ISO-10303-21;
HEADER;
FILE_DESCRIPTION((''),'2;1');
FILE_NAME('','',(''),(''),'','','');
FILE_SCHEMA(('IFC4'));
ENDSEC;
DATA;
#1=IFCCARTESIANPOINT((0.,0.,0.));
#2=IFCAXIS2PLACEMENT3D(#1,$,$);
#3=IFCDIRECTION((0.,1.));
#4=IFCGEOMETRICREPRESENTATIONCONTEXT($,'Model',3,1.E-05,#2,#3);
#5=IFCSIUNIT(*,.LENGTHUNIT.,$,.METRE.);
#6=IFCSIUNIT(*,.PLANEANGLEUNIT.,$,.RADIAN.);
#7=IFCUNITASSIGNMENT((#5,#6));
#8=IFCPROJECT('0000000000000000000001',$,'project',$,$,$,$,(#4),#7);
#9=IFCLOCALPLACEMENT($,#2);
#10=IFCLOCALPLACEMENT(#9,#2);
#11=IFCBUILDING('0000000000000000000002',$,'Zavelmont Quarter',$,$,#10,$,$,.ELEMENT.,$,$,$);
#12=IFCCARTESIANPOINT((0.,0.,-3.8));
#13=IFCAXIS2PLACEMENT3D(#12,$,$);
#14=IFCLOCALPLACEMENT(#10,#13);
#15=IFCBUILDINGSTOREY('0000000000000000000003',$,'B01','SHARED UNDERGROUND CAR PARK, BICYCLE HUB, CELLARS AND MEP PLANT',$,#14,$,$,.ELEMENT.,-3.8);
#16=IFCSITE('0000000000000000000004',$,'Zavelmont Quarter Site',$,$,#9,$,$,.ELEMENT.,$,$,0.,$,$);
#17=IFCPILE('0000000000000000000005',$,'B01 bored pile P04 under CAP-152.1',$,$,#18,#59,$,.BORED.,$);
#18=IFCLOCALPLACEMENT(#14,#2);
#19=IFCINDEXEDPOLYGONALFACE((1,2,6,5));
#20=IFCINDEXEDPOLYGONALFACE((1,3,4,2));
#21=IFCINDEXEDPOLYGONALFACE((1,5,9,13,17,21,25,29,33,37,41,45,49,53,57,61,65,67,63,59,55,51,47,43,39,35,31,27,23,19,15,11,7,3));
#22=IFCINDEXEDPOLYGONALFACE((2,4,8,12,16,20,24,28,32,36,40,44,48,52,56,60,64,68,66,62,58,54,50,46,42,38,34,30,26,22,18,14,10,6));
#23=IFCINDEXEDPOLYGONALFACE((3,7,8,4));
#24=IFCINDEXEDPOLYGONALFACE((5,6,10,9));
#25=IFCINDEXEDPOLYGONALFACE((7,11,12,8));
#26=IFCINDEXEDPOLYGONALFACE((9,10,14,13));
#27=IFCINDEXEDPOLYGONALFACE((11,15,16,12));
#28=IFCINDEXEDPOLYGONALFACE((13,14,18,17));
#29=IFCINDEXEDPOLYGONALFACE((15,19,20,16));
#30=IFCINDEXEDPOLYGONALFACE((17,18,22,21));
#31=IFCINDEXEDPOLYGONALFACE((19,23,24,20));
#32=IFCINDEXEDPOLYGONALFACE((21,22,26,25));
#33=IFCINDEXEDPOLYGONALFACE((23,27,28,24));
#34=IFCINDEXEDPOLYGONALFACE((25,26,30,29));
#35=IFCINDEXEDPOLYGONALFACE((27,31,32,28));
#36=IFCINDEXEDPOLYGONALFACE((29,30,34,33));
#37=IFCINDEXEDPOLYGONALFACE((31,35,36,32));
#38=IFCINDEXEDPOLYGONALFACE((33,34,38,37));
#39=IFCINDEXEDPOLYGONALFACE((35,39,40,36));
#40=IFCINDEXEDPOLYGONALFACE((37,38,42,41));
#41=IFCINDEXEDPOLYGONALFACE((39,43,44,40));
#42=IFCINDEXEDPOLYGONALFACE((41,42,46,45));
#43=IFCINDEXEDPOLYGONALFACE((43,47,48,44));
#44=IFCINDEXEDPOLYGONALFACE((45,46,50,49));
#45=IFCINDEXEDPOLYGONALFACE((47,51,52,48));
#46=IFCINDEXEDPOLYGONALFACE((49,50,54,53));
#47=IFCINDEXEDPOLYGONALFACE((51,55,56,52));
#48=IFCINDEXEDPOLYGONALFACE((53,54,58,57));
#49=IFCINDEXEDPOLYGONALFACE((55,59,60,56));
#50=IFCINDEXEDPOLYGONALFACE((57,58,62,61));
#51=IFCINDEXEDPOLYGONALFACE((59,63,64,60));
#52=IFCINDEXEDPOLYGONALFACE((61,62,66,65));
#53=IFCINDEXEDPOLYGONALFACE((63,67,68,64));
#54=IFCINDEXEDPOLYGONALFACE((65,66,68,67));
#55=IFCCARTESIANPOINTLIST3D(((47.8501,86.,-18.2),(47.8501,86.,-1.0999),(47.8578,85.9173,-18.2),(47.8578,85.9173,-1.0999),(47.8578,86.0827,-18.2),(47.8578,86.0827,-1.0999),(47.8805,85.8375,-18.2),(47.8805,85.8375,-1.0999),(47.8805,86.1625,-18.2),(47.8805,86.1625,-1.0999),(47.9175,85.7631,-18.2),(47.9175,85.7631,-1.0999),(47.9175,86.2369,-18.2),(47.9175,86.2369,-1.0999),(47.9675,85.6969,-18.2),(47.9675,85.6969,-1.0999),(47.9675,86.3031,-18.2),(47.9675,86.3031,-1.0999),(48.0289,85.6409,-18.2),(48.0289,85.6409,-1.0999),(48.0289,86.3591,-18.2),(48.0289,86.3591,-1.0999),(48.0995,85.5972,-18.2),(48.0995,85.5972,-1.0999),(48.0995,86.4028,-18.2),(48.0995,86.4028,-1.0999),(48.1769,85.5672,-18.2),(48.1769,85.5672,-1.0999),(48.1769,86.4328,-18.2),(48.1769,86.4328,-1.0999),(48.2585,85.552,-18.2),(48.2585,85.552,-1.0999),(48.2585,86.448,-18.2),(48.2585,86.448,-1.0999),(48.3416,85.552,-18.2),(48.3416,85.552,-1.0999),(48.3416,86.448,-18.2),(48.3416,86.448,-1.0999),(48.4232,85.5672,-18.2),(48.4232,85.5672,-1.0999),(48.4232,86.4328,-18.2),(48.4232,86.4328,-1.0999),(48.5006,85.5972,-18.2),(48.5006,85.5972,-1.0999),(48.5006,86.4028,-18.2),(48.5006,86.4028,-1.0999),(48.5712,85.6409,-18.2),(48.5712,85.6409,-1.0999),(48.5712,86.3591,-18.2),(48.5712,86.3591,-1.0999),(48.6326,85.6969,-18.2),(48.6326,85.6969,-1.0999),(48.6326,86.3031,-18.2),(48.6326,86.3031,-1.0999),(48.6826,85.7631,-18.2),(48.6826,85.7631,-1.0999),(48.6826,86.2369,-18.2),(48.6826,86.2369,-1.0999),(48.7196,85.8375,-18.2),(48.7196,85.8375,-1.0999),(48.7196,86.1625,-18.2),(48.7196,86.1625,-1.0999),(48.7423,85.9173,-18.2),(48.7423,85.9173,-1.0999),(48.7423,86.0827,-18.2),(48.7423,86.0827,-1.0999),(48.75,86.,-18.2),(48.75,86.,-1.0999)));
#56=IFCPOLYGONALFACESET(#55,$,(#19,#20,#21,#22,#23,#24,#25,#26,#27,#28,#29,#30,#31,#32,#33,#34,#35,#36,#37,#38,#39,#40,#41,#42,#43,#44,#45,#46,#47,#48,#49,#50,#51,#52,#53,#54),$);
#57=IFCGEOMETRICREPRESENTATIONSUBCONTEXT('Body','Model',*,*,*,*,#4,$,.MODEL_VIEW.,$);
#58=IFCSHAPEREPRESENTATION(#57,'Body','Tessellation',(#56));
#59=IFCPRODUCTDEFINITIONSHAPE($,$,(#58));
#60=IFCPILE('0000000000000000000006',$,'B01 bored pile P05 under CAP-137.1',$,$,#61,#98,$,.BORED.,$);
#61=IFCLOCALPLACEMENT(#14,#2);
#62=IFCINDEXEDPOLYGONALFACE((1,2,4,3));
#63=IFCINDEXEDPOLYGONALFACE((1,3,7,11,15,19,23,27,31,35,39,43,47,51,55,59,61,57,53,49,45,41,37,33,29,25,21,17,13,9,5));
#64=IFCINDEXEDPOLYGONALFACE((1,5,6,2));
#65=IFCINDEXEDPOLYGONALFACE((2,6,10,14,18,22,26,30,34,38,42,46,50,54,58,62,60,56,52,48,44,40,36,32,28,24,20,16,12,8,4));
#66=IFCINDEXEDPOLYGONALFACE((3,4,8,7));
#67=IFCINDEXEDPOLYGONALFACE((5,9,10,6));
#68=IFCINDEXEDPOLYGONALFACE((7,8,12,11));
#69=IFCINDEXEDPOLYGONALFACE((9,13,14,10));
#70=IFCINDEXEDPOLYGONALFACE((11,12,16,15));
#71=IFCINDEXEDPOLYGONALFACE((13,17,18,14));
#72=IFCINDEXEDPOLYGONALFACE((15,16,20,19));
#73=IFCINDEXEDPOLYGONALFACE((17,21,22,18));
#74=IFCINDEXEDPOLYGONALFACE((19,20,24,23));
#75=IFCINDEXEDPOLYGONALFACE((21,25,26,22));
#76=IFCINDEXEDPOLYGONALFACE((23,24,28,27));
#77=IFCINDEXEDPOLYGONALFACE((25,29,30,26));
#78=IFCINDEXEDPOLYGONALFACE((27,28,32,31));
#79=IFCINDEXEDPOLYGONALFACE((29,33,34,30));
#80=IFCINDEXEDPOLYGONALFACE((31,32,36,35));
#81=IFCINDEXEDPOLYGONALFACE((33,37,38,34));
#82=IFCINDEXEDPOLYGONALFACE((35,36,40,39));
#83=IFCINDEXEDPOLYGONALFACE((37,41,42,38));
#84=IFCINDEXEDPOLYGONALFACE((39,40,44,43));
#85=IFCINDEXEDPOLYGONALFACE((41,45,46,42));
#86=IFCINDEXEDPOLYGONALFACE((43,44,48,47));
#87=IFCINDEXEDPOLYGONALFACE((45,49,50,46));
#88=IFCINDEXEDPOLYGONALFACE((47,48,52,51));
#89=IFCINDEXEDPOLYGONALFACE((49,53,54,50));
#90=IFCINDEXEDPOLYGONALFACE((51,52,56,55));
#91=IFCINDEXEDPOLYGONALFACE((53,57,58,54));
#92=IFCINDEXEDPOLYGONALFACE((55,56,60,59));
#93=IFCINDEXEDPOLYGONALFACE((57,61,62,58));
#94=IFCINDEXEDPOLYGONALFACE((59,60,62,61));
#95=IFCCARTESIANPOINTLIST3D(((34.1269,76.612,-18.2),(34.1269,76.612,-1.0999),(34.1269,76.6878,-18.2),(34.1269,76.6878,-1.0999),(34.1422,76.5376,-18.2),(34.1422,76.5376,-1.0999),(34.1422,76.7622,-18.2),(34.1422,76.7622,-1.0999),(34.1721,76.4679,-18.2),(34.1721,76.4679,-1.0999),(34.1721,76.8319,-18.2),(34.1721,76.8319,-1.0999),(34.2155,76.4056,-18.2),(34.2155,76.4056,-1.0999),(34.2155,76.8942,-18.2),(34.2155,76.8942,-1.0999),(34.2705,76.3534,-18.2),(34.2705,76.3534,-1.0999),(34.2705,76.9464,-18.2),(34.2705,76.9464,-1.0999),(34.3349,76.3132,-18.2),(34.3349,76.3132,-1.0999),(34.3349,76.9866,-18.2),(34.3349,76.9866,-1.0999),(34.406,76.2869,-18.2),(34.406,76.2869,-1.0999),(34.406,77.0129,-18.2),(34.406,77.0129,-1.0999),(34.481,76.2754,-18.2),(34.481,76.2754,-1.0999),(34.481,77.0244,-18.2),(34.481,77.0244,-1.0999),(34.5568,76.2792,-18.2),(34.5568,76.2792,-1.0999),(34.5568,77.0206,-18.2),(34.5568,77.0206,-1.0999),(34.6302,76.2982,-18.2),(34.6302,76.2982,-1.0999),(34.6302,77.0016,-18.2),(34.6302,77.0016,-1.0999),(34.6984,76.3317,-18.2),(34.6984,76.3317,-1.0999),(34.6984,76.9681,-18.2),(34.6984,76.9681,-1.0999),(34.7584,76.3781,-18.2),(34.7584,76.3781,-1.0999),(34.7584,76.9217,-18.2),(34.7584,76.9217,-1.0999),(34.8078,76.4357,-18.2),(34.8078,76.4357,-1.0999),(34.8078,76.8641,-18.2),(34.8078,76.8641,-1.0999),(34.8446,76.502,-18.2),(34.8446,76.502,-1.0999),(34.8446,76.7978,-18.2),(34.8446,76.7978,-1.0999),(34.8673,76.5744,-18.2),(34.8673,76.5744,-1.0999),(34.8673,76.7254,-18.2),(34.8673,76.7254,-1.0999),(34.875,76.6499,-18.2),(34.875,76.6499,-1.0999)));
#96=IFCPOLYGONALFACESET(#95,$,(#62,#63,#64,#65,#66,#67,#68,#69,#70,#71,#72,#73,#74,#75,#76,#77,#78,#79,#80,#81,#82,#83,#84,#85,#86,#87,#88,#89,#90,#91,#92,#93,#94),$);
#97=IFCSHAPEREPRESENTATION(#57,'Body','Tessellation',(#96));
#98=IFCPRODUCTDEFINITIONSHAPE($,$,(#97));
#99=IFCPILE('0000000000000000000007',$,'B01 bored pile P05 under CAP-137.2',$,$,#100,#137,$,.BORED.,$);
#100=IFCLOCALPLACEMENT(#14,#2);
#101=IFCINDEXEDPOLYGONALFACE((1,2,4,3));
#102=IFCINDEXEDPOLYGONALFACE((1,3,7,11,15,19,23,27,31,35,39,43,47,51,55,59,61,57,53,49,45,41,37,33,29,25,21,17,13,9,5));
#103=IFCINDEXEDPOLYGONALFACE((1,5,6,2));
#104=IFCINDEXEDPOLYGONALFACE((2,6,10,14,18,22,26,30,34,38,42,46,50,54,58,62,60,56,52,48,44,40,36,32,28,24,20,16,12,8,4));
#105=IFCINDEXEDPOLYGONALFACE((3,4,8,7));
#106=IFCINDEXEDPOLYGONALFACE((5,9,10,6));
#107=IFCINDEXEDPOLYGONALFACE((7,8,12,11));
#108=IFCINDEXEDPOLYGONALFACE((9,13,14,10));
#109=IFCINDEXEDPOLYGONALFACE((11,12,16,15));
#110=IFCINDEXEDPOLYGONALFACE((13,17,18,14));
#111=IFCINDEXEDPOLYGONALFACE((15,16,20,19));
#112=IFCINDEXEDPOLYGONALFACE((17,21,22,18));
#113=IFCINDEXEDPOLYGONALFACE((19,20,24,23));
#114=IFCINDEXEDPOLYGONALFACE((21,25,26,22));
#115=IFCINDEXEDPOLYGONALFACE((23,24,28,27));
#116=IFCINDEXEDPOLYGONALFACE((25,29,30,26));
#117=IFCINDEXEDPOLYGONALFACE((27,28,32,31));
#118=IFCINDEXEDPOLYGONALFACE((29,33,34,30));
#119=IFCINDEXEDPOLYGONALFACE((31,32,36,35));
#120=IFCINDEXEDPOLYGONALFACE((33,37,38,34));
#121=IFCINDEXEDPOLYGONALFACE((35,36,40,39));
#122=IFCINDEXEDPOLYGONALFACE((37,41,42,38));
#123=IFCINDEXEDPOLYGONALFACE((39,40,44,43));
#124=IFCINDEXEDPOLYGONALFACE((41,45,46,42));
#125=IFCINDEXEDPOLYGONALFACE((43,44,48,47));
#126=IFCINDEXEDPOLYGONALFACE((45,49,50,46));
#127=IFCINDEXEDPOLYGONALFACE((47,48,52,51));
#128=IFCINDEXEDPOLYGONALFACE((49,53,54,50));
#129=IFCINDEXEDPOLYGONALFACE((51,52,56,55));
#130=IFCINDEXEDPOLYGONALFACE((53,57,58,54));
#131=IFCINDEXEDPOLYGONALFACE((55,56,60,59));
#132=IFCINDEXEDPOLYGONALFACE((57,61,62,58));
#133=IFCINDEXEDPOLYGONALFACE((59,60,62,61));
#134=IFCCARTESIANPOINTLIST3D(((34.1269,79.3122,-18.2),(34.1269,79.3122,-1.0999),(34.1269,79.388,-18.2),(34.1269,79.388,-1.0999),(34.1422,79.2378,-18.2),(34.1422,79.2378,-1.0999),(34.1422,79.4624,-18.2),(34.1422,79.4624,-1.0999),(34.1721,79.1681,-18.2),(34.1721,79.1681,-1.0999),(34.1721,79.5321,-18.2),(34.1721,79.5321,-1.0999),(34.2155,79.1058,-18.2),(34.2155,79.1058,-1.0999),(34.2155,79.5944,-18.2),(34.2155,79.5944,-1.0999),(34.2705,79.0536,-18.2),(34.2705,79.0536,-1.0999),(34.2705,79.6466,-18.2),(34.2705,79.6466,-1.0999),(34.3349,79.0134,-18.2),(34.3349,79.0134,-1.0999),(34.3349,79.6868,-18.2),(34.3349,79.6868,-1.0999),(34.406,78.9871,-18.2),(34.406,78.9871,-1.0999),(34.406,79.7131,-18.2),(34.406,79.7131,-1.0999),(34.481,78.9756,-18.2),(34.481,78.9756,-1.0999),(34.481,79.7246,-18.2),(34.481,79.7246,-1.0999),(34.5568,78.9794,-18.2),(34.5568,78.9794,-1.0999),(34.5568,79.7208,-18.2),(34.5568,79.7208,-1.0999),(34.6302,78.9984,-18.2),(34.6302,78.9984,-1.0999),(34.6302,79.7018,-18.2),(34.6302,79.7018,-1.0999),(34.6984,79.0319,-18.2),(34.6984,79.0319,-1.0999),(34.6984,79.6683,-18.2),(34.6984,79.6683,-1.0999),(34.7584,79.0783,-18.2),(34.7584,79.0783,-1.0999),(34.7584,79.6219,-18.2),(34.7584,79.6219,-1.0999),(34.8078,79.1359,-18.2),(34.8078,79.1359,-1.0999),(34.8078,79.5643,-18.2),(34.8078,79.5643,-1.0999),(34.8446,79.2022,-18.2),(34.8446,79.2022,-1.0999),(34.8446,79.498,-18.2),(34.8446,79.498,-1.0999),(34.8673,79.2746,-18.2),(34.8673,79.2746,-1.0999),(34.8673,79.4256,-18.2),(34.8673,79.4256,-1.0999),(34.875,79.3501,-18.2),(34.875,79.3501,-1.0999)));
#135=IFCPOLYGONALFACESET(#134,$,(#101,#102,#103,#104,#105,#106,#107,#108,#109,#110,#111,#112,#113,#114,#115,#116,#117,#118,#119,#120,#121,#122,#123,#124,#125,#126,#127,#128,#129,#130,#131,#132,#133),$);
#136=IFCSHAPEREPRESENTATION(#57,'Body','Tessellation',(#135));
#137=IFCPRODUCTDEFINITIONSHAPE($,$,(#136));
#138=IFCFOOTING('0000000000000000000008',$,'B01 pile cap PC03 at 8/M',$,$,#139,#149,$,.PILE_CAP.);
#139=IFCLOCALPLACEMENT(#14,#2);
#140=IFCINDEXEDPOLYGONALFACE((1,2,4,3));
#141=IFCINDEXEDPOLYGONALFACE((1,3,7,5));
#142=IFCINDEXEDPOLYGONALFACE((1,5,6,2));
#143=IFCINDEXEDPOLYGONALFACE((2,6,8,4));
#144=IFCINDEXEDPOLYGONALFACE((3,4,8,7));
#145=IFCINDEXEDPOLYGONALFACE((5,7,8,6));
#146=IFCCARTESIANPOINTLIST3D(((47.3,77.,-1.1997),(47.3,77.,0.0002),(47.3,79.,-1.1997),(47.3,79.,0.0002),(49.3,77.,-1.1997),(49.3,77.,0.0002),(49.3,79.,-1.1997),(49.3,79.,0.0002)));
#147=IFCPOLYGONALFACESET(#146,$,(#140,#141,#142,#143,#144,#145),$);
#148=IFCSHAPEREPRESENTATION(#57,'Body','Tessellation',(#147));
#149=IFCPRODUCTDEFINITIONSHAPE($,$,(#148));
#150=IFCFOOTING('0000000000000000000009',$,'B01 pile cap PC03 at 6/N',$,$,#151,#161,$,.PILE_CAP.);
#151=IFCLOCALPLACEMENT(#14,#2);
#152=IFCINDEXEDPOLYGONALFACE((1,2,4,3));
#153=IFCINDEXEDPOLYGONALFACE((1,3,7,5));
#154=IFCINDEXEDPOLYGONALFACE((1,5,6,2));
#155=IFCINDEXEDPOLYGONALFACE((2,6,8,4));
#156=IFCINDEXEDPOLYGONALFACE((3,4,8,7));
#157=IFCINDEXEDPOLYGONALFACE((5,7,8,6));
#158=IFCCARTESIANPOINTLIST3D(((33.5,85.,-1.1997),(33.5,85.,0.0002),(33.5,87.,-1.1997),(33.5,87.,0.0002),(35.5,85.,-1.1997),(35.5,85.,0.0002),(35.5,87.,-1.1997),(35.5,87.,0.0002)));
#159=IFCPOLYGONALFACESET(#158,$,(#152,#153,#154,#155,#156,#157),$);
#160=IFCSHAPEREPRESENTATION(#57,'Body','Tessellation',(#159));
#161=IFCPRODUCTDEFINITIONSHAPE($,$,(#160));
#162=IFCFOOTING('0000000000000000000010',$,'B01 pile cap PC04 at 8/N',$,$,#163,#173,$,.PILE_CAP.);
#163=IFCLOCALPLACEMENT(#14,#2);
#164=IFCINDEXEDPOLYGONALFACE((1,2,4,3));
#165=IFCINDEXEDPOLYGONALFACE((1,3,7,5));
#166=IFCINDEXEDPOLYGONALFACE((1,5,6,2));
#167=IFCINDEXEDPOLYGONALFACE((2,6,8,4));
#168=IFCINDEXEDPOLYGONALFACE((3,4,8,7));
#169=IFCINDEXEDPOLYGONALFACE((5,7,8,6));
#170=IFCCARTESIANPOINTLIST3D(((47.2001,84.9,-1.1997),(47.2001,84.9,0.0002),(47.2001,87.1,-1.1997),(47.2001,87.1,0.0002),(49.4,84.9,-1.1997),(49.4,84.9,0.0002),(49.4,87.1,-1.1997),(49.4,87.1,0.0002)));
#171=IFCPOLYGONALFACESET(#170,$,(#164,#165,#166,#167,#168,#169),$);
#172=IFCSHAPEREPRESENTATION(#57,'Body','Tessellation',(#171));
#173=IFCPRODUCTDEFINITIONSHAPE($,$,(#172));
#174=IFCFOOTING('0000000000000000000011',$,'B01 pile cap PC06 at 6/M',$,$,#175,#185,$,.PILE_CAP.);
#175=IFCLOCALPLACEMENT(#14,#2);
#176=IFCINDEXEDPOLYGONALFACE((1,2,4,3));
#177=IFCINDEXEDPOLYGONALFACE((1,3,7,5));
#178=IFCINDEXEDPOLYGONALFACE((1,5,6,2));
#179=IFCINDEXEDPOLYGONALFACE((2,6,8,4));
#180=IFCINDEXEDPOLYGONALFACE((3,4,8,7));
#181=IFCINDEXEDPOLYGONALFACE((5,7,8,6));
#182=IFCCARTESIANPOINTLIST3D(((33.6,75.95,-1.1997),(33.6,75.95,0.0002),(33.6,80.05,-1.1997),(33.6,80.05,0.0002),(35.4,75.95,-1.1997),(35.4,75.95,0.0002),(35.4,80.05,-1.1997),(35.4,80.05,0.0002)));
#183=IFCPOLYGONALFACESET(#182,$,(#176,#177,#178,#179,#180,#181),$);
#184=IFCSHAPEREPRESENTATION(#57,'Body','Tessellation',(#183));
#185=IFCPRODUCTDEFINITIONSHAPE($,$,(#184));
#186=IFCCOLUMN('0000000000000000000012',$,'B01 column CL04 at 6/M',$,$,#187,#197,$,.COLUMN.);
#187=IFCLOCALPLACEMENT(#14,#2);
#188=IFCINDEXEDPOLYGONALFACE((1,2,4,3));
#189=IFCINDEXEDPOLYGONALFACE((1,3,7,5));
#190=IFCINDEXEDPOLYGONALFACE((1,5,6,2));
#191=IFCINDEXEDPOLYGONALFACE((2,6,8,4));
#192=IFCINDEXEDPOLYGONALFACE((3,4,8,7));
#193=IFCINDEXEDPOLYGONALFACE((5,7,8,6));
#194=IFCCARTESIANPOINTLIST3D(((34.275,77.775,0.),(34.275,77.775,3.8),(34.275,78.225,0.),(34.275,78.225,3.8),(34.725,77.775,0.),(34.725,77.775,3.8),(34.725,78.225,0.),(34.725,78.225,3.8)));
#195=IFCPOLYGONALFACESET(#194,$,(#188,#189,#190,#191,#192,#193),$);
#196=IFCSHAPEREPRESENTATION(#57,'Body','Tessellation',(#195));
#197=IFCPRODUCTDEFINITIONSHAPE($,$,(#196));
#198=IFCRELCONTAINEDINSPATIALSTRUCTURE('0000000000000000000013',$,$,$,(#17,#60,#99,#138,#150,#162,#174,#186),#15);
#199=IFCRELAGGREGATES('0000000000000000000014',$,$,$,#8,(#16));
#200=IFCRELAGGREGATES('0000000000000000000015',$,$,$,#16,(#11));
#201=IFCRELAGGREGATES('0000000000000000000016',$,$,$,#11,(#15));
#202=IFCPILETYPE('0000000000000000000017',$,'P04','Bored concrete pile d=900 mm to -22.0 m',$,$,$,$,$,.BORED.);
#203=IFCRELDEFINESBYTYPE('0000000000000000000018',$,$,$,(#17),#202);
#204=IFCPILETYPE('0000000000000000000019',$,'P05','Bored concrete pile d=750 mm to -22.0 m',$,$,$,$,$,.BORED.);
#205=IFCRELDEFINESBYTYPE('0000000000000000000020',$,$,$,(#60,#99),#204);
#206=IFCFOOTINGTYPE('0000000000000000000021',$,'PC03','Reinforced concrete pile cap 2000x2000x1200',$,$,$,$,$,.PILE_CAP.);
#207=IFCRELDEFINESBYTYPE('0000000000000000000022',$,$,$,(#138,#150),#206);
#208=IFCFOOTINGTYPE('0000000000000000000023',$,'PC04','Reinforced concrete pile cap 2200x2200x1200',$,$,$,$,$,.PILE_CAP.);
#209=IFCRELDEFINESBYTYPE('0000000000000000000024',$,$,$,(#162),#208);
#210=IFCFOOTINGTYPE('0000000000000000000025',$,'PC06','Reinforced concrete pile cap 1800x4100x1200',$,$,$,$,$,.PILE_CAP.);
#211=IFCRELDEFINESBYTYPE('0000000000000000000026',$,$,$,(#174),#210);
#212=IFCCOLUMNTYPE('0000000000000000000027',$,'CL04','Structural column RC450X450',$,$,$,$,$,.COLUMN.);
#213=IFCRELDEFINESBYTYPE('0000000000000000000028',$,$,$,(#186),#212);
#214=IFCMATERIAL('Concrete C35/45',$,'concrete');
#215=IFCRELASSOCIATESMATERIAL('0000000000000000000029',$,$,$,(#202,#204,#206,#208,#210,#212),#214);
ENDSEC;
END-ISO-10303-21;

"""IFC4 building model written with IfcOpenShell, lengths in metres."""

from ifc_helpers import new_model, si_unit, direction, frame, origin, origin_2d, place, context, subcontext, project, spatial, rectangle, circle, extrude, material, material_profile, profile_set, type_object, element, save


model = new_model("IFC4")

# Units and contexts
model_context = context("Model", 3, precision=1e-05, world=origin(), true_north=direction((0.0, 1.0)))
body_context = subcontext(model_context, "Body", "Model", "MODEL_VIEW")
ifc_project = project(units=[si_unit("LENGTHUNIT", "METRE"), si_unit("PLANEANGLEUNIT", "RADIAN")], contexts=[model_context])

# Site, building, storey
site_placement = place(None, origin())
site = spatial("IfcSite", under=ifc_project, at=site_placement, Name="Zavelmont Quarter Site", CompositionType="ELEMENT", RefElevation=0.0)
building_placement = place(site_placement, origin())
building = spatial("IfcBuilding", under=site, at=building_placement, Name="Zavelmont Quarter", CompositionType="ELEMENT")
storey_placement = place(building_placement, frame((0.0, 0.0, -3.8)))
storey = spatial("IfcBuildingStorey", under=building, at=storey_placement, Name="B01", Description="SHARED UNDERGROUND CAR PARK, BICYCLE HUB, CELLARS AND MEP PLANT", CompositionType="ELEMENT", Elevation=-3.8)

# Shared definitions
ifc_material = material(Name="Concrete C35/45", Category="concrete")

# Piles
ifc_material_profile_1 = material_profile(ifc_material, circle(Radius=0.45, at=origin_2d()), Name="BP900")
ifc_profile_set_1 = profile_set([ifc_material_profile_1], Name="Concrete C35/45")
pile_type_1 = type_object("IfcPileType", Name="P04", Description="Bored concrete pile d=900 mm to -22.0 m", PredefinedType="BORED", material=ifc_profile_set_1)
for number, where, z_axis, x_axis, name in (
    (1, (48.3, 86.0, -1.0999), (0.0, 0.0, -1.0), (1.0, 0.0, 0.0), "B01 bored pile P04 under CAP-152.1"),
):
    element("IfcPile", number, at=place(storey_placement, frame(where, z_axis=z_axis, x_axis=x_axis)), inside=storey, type_object=pile_type_1, Name=name, PredefinedType="BORED", context=body_context, shape_type="SweptSolid", body=[
        extrude(circle(Radius=0.45, at=origin_2d()), origin(), (0.0, 0.0, 1.0), 17.1001),
    ])
ifc_material_profile_2 = material_profile(ifc_material, circle(Radius=0.375, at=origin_2d()), Name="BP750")
ifc_profile_set_2 = profile_set([ifc_material_profile_2], Name="Concrete C35/45")
pile_type_2 = type_object("IfcPileType", Name="P05", Description="Bored concrete pile d=750 mm to -22.0 m", PredefinedType="BORED", material=ifc_profile_set_2)
for number, where, z_axis, x_axis, name in (
    (2, (34.5, 76.6499, -1.0999), (0.0, 0.0, -1.0), (1.0, 0.0, 0.0), "B01 bored pile P05 under CAP-137.1"),
    (3, (34.5, 79.3501, -1.0999), (0.0, 0.0, -1.0), (1.0, 0.0, 0.0), "B01 bored pile P05 under CAP-137.2"),
):
    element("IfcPile", number, at=place(storey_placement, frame(where, z_axis=z_axis, x_axis=x_axis)), inside=storey, type_object=pile_type_2, Name=name, PredefinedType="BORED", context=body_context, shape_type="SweptSolid", body=[
        extrude(circle(Radius=0.375, at=origin_2d()), origin(), (0.0, 0.0, 1.0), 17.1001),
    ])

# Footings
footing_type_1 = type_object("IfcFootingType", Name="PC03", Description="Reinforced concrete pile cap 2000x2000x1200", PredefinedType="PILE_CAP", material=ifc_material)
for number, where, z_axis, x_axis, name in (
    (4, (48.3, 78.0, -1.1997), (0.0, 0.0, 1.0), (1.0, 0.0, 0.0), "B01 pile cap PC03 at 8/M"),
    (5, (34.5, 86.0, -1.1997), (0.0, 0.0, 1.0), (1.0, 0.0, 0.0), "B01 pile cap PC03 at 6/N"),
):
    element("IfcFooting", number, at=place(storey_placement, frame(where, z_axis=z_axis, x_axis=x_axis)), inside=storey, type_object=footing_type_1, Name=name, PredefinedType="PILE_CAP", context=body_context, shape_type="SweptSolid", body=[
        extrude(rectangle(XDim=2.0, YDim=2.0, at=origin_2d()), origin(), (0.0, 0.0, 1.0), 1.2),
    ])
footing_type_2 = type_object("IfcFootingType", Name="PC04", Description="Reinforced concrete pile cap 2200x2200x1200", PredefinedType="PILE_CAP", material=ifc_material)
footing_1_placement = place(storey_placement, frame((48.3, 86.0, -1.1997), z_axis=(0.0, 0.0, 1.0), x_axis=(1.0, 0.0, 0.0)))
element("IfcFooting", 6, at=footing_1_placement, inside=storey, type_object=footing_type_2, Name="B01 pile cap PC04 at 8/N", PredefinedType="PILE_CAP", context=body_context, shape_type="SweptSolid", body=[
    extrude(rectangle(XDim=2.2, YDim=2.2, at=origin_2d()), origin(), (0.0, 0.0, 1.0), 1.2),
])
footing_type_3 = type_object("IfcFootingType", Name="PC06", Description="Reinforced concrete pile cap 1800x4100x1200", PredefinedType="PILE_CAP", material=ifc_material)
footing_2_placement = place(storey_placement, frame((34.5, 78.0, -1.1997), z_axis=(0.0, 0.0, 1.0), x_axis=(1.0, 0.0, 0.0)))
element("IfcFooting", 7, at=footing_2_placement, inside=storey, type_object=footing_type_3, Name="B01 pile cap PC06 at 6/M", PredefinedType="PILE_CAP", context=body_context, shape_type="SweptSolid", body=[
    extrude(rectangle(XDim=1.8, YDim=4.1001, at=origin_2d()), origin(), (0.0, 0.0, 1.0), 1.2),
])

# Column
ifc_material_profile_3 = material_profile(ifc_material, rectangle(XDim=0.45, YDim=0.45, at=origin_2d()), Name="RC450X450")
ifc_profile_set_3 = profile_set([ifc_material_profile_3], Name="Concrete C35/45")
column_type = type_object("IfcColumnType", Name="CL04", Description="Structural column RC450X450", PredefinedType="COLUMN", material=ifc_profile_set_3)
for number, where, z_axis, x_axis, name in (
    (8, (34.5, 78.0, 0.0), (0.0, 0.0, 1.0), (1.0, 0.0, 0.0), "B01 column CL04 at 6/M"),
):
    element("IfcColumn", number, at=place(storey_placement, frame(where, z_axis=z_axis, x_axis=x_axis)), inside=storey, type_object=column_type, Name=name, PredefinedType="COLUMN", context=body_context, shape_type="SweptSolid", body=[
        extrude(rectangle(XDim=0.45, YDim=0.45, at=origin_2d()), origin(), (0.0, 0.0, 1.0), 3.8),
    ])

save(model, "model.ifc")
